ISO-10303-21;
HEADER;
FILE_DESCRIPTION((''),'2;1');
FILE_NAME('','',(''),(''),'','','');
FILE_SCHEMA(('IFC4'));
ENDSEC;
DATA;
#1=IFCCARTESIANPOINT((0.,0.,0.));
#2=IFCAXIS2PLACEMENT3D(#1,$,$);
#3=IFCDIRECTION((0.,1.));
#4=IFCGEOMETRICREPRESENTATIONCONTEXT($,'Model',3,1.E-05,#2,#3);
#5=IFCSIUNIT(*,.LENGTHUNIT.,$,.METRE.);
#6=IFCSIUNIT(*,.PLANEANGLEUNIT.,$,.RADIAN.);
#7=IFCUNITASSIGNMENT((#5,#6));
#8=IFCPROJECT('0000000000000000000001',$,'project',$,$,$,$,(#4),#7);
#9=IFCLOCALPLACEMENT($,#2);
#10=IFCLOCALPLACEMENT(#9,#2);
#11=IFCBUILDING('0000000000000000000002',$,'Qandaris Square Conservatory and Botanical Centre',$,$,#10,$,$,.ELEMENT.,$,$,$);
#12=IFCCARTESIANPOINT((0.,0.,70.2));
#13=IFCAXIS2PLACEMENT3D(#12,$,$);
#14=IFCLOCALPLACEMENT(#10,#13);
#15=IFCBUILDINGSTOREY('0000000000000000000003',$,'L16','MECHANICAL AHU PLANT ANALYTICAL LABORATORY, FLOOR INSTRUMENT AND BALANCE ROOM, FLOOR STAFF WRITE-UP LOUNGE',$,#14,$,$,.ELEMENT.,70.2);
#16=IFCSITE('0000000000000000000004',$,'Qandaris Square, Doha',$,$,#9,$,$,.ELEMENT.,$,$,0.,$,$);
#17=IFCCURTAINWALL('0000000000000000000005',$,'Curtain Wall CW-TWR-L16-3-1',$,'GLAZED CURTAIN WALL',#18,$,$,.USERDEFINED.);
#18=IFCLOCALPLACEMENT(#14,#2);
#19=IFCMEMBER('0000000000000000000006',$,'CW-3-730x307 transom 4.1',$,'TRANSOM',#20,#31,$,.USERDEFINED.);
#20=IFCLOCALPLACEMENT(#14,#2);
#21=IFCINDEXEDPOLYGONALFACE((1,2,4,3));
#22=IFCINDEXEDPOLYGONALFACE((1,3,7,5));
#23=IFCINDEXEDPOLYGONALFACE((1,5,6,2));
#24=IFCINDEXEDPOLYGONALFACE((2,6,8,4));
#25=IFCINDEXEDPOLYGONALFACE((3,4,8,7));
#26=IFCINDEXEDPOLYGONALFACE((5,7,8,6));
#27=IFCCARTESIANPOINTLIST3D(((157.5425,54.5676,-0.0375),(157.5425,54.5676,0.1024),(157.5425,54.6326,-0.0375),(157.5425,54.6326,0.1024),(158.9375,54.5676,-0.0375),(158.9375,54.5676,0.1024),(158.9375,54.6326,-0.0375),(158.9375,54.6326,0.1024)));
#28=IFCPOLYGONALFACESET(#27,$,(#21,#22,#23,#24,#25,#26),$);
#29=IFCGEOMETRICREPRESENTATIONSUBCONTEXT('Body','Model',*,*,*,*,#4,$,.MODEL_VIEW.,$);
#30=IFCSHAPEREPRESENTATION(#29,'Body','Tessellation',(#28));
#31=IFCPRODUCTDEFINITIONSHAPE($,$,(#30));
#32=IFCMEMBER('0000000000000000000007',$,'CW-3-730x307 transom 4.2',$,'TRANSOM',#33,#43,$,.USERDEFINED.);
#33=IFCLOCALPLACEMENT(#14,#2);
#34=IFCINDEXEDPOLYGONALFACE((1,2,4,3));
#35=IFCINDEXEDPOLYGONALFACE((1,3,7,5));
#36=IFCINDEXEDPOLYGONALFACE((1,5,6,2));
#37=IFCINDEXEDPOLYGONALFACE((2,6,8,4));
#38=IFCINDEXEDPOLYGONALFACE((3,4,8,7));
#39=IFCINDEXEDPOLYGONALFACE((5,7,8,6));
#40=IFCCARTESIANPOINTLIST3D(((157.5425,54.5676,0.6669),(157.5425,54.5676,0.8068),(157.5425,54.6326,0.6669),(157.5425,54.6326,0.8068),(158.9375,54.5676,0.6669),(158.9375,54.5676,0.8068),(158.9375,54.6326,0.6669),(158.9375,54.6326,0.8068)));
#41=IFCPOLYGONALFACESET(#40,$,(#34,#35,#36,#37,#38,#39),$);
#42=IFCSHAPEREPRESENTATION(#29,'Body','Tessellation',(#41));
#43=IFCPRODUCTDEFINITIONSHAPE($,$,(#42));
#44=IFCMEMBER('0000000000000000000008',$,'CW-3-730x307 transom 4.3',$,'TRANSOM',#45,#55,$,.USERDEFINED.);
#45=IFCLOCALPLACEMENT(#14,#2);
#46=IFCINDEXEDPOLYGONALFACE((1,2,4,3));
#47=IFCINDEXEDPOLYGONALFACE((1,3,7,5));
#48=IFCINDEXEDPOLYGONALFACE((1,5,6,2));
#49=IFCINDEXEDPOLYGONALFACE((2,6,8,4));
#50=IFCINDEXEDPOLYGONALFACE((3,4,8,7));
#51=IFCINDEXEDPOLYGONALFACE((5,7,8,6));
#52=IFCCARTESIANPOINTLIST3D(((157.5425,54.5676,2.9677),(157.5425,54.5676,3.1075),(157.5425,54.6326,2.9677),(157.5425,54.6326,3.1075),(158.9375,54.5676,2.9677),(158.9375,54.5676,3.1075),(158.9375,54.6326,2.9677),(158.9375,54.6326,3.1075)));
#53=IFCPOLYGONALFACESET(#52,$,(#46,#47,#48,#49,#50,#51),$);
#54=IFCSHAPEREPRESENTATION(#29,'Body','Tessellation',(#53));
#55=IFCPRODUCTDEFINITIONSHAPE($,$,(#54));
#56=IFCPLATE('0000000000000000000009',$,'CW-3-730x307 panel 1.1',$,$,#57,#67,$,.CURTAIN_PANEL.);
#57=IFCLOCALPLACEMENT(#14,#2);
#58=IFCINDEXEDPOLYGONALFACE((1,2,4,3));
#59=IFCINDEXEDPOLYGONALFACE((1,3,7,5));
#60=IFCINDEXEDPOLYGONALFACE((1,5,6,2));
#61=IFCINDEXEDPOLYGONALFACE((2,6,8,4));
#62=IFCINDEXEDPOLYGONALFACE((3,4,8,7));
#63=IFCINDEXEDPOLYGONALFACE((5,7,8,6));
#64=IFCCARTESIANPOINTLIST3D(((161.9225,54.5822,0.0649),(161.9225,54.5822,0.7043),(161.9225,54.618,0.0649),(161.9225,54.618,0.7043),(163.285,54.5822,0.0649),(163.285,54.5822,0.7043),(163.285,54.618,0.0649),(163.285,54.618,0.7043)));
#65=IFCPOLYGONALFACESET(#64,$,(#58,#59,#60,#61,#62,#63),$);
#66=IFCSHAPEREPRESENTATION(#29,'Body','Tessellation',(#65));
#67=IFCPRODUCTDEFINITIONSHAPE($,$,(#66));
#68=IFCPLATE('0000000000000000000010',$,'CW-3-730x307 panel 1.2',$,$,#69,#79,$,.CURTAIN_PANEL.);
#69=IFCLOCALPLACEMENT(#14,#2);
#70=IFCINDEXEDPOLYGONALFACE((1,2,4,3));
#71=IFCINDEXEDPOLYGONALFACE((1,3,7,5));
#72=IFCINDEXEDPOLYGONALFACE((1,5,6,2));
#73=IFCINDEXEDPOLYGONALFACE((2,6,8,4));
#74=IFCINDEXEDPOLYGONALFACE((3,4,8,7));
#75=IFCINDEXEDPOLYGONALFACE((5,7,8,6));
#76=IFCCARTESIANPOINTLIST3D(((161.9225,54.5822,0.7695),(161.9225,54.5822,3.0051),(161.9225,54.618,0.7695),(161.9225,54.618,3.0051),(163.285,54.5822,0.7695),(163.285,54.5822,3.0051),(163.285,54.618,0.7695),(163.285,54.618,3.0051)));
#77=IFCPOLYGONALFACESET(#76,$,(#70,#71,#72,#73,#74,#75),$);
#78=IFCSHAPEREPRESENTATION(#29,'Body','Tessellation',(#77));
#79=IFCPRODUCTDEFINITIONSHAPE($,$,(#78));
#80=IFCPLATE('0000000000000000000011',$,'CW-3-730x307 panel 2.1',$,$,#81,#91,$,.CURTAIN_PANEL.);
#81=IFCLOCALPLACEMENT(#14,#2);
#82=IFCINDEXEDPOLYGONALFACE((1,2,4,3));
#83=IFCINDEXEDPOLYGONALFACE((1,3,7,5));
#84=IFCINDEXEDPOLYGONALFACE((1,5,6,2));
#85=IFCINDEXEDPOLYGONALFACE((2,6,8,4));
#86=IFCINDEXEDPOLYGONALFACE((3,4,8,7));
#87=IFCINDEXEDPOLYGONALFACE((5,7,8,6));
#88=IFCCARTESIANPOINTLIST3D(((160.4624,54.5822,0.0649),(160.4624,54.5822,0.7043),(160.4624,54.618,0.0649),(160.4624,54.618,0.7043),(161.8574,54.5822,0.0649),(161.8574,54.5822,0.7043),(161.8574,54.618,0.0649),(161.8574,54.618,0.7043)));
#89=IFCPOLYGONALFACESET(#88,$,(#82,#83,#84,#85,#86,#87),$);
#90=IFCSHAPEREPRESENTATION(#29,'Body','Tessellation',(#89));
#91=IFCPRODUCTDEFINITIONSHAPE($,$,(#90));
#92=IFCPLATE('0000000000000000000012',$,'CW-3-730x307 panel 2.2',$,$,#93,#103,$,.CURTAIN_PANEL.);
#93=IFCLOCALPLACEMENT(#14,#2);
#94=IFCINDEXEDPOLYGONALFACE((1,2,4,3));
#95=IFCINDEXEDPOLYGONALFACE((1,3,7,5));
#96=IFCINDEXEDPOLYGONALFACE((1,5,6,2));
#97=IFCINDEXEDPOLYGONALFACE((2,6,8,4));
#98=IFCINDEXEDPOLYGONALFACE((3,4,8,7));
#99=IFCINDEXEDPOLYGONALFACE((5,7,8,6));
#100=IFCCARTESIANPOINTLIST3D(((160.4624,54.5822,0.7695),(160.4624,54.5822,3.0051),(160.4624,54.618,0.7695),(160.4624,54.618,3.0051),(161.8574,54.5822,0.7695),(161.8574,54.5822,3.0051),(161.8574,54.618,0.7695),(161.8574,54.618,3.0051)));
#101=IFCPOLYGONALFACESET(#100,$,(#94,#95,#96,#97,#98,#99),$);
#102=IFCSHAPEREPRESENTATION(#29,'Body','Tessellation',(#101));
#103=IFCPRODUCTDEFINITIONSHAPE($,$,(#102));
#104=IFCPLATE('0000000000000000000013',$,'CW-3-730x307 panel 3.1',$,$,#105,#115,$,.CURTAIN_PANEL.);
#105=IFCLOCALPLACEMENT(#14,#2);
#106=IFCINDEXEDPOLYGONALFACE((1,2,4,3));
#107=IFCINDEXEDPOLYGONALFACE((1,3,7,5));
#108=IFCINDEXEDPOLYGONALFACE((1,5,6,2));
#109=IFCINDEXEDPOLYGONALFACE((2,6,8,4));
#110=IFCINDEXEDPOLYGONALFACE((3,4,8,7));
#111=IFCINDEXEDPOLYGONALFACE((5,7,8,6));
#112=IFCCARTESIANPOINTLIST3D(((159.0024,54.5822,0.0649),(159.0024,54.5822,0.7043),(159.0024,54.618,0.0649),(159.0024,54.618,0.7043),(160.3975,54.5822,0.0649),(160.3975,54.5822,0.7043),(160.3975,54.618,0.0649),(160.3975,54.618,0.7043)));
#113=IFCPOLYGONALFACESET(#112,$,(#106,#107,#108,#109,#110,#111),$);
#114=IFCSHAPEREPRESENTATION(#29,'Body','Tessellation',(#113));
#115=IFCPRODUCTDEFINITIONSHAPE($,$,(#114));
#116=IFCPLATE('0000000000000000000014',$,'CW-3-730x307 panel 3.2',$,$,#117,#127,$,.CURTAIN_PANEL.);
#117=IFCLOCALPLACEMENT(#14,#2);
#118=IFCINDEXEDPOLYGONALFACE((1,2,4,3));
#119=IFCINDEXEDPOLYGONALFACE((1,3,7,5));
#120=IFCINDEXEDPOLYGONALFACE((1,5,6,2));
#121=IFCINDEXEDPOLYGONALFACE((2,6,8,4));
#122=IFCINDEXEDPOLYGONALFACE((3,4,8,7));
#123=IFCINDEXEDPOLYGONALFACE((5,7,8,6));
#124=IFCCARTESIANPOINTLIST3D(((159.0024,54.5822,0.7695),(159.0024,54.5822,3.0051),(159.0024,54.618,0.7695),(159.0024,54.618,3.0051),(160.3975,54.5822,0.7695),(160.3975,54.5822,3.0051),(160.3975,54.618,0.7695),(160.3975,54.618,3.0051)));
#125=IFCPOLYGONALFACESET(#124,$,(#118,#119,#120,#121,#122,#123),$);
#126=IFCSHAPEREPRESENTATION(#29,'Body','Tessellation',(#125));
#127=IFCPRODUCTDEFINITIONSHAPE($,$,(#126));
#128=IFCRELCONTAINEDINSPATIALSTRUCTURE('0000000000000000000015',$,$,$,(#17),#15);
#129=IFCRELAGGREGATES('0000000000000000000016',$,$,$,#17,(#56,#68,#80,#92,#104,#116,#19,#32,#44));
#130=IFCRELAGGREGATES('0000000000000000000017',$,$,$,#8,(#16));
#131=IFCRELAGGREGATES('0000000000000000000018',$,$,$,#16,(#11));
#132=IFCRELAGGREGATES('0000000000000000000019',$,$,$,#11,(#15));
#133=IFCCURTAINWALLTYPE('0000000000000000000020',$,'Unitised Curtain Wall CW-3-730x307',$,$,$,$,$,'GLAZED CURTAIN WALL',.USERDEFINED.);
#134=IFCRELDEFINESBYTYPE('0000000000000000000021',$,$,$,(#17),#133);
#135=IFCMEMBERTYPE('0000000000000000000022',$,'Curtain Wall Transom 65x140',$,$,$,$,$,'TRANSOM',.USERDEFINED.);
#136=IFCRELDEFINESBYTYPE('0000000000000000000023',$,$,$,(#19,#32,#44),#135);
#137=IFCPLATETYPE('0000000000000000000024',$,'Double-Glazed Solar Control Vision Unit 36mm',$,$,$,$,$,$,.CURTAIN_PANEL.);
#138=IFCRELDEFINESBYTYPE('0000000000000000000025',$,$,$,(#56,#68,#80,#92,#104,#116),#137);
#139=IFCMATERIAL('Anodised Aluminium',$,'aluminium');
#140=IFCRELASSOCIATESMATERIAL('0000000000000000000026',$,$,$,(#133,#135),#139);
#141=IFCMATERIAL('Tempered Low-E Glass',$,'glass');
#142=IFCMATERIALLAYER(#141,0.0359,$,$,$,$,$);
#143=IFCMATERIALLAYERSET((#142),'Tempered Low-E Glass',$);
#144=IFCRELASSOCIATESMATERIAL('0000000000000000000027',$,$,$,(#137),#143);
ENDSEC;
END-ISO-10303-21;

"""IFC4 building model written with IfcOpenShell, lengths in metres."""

from ifc_helpers import new_model, si_unit, direction, frame, origin, origin_2d, place, context, subcontext, project, spatial, rectangle, extrude, material, layer, layer_set, material_profile, profile_set, type_object, element, aggregate, save


model = new_model("IFC4")

# Units and contexts
model_context = context("Model", 3, precision=1e-05, world=origin(), true_north=direction((0.0, 1.0)))
body_context = subcontext(model_context, "Body", "Model", "MODEL_VIEW")
ifc_project = project(units=[si_unit("LENGTHUNIT", "METRE"), si_unit("PLANEANGLEUNIT", "RADIAN")], contexts=[model_context])

# Site, building, storey
site_placement = place(None, origin())
site = spatial("IfcSite", under=ifc_project, at=site_placement, Name="Qandaris Square, Doha", CompositionType="ELEMENT", RefElevation=0.0)
building_placement = place(site_placement, origin())
building = spatial("IfcBuilding", under=site, at=building_placement, Name="Qandaris Square Conservatory and Botanical Centre", CompositionType="ELEMENT")
storey_placement = place(building_placement, frame((0.0, 0.0, 70.2)))
storey = spatial("IfcBuildingStorey", under=building, at=storey_placement, Name="L16", Description="MECHANICAL AHU PLANT ANALYTICAL LABORATORY, FLOOR INSTRUMENT AND BALANCE ROOM, FLOOR STAFF WRITE-UP LOUNGE", CompositionType="ELEMENT", Elevation=70.2)

# Curtain wall, members, plates
ifc_material_1 = material(Name="Anodised Aluminium", Category="aluminium")
curtain_wall_type = type_object("IfcCurtainWallType", Name="Unitised Curtain Wall CW-3-730x307", ElementType="GLAZED CURTAIN WALL", PredefinedType="USERDEFINED", material=ifc_material_1)
curtain_wall_placement = place(storey_placement, origin())
curtain_wall = element("IfcCurtainWall", 1, at=curtain_wall_placement, inside=storey, type_object=curtain_wall_type, Name="Curtain Wall CW-TWR-L16-3-1", ObjectType="GLAZED CURTAIN WALL", PredefinedType="USERDEFINED")
ifc_material_profile_1 = material_profile(ifc_material_1, rectangle(XDim=0.0649, YDim=0.1399, at=origin_2d()), Name="ALU-TRN 65x140")
ifc_profile_set_1 = profile_set([ifc_material_profile_1], Name="Anodised Aluminium")
member_type_1 = type_object("IfcMemberType", Name="Curtain Wall Transom 65x140", ElementType="TRANSOM", PredefinedType="USERDEFINED", material=ifc_profile_set_1)
member_1_placement = place(storey_placement, frame((158.9375, 54.6001, 0.0325), z_axis=(-1.0, 0.0, 0.0), x_axis=(0.0, -1.0, 0.0)))
member_1 = element("IfcMember", 2, at=member_1_placement, type_object=member_type_1, Name="CW-3-730x307 transom 4.1", ObjectType="TRANSOM", PredefinedType="USERDEFINED", context=body_context, shape_type="SweptSolid", body=[
    extrude(rectangle(XDim=0.0649, YDim=0.1399, at=origin_2d()), origin(), (0.0, 0.0, 1.0), 1.395),
])
member_2_placement = place(storey_placement, frame((158.9375, 54.6001, 0.7368), z_axis=(-1.0, 0.0, 0.0), x_axis=(0.0, -1.0, 0.0)))
member_2 = element("IfcMember", 3, at=member_2_placement, type_object=member_type_1, Name="CW-3-730x307 transom 4.2", ObjectType="TRANSOM", PredefinedType="USERDEFINED", context=body_context, shape_type="SweptSolid", body=[
    extrude(rectangle(XDim=0.0649, YDim=0.1399, at=origin_2d()), origin(), (0.0, 0.0, 1.0), 1.395),
])
member_3_placement = place(storey_placement, frame((158.9375, 54.6001, 3.0376), z_axis=(-1.0, 0.0, 0.0), x_axis=(0.0, -1.0, 0.0)))
member_3 = element("IfcMember", 4, at=member_3_placement, type_object=member_type_1, Name="CW-3-730x307 transom 4.3", ObjectType="TRANSOM", PredefinedType="USERDEFINED", context=body_context, shape_type="SweptSolid", body=[
    extrude(rectangle(XDim=0.0649, YDim=0.1399, at=origin_2d()), origin(), (0.0, 0.0, 1.0), 1.395),
])
ifc_material_2 = material(Name="Tempered Low-E Glass", Category="glass")
ifc_layer = layer(ifc_material_2, 0.0359)
ifc_layer_set = layer_set([ifc_layer], Name="Tempered Low-E Glass")
plate_type = type_object("IfcPlateType", Name="Double-Glazed Solar Control Vision Unit 36mm", PredefinedType="CURTAIN_PANEL", material=ifc_layer_set)
plate_1_placement = place(storey_placement, frame((162.6038, 54.6001, 0.0649), z_axis=(0.0, 0.0, 1.0), x_axis=(-1.0, 0.0, 0.0)))
plate_1 = element("IfcPlate", 5, at=plate_1_placement, type_object=plate_type, Name="CW-3-730x307 panel 1.1", PredefinedType="CURTAIN_PANEL", context=body_context, shape_type="SweptSolid", body=[
    extrude(rectangle(XDim=1.3625, YDim=0.0359, at=origin_2d()), origin(), (0.0, 0.0, 1.0), 0.6394),
])
plate_2_placement = place(storey_placement, frame((162.6038, 54.6001, 0.7695), z_axis=(0.0, 0.0, 1.0), x_axis=(-1.0, 0.0, 0.0)))
plate_2 = element("IfcPlate", 6, at=plate_2_placement, type_object=plate_type, Name="CW-3-730x307 panel 1.2", PredefinedType="CURTAIN_PANEL", context=body_context, shape_type="SweptSolid", body=[
    extrude(rectangle(XDim=1.3625, YDim=0.0359, at=origin_2d()), origin(), (0.0, 0.0, 1.0), 2.2356),
])
plate_3_placement = place(storey_placement, frame((161.1599, 54.6001, 0.0649), z_axis=(0.0, 0.0, 1.0), x_axis=(-1.0, 0.0, 0.0)))
plate_3 = element("IfcPlate", 7, at=plate_3_placement, type_object=plate_type, Name="CW-3-730x307 panel 2.1", PredefinedType="CURTAIN_PANEL", context=body_context, shape_type="SweptSolid", body=[
    extrude(rectangle(XDim=1.395, YDim=0.0359, at=origin_2d()), origin(), (0.0, 0.0, 1.0), 0.6394),
])
plate_4_placement = place(storey_placement, frame((161.1599, 54.6001, 0.7695), z_axis=(0.0, 0.0, 1.0), x_axis=(-1.0, 0.0, 0.0)))
plate_4 = element("IfcPlate", 8, at=plate_4_placement, type_object=plate_type, Name="CW-3-730x307 panel 2.2", PredefinedType="CURTAIN_PANEL", context=body_context, shape_type="SweptSolid", body=[
    extrude(rectangle(XDim=1.395, YDim=0.0359, at=origin_2d()), origin(), (0.0, 0.0, 1.0), 2.2356),
])
plate_5_placement = place(storey_placement, frame((159.7, 54.6001, 0.0649), z_axis=(0.0, 0.0, 1.0), x_axis=(-1.0, 0.0, 0.0)))
plate_5 = element("IfcPlate", 9, at=plate_5_placement, type_object=plate_type, Name="CW-3-730x307 panel 3.1", PredefinedType="CURTAIN_PANEL", context=body_context, shape_type="SweptSolid", body=[
    extrude(rectangle(XDim=1.395, YDim=0.0359, at=origin_2d()), origin(), (0.0, 0.0, 1.0), 0.6394),
])
plate_6_placement = place(storey_placement, frame((159.7, 54.6001, 0.7695), z_axis=(0.0, 0.0, 1.0), x_axis=(-1.0, 0.0, 0.0)))
plate_6 = element("IfcPlate", 10, at=plate_6_placement, type_object=plate_type, Name="CW-3-730x307 panel 3.2", PredefinedType="CURTAIN_PANEL", context=body_context, shape_type="SweptSolid", body=[
    extrude(rectangle(XDim=1.395, YDim=0.0359, at=origin_2d()), origin(), (0.0, 0.0, 1.0), 2.2356),
])
aggregate(curtain_wall, [plate_1, plate_2, plate_3, plate_4, plate_5, plate_6, member_1, member_2, member_3])

save(model, "model.ifc")
